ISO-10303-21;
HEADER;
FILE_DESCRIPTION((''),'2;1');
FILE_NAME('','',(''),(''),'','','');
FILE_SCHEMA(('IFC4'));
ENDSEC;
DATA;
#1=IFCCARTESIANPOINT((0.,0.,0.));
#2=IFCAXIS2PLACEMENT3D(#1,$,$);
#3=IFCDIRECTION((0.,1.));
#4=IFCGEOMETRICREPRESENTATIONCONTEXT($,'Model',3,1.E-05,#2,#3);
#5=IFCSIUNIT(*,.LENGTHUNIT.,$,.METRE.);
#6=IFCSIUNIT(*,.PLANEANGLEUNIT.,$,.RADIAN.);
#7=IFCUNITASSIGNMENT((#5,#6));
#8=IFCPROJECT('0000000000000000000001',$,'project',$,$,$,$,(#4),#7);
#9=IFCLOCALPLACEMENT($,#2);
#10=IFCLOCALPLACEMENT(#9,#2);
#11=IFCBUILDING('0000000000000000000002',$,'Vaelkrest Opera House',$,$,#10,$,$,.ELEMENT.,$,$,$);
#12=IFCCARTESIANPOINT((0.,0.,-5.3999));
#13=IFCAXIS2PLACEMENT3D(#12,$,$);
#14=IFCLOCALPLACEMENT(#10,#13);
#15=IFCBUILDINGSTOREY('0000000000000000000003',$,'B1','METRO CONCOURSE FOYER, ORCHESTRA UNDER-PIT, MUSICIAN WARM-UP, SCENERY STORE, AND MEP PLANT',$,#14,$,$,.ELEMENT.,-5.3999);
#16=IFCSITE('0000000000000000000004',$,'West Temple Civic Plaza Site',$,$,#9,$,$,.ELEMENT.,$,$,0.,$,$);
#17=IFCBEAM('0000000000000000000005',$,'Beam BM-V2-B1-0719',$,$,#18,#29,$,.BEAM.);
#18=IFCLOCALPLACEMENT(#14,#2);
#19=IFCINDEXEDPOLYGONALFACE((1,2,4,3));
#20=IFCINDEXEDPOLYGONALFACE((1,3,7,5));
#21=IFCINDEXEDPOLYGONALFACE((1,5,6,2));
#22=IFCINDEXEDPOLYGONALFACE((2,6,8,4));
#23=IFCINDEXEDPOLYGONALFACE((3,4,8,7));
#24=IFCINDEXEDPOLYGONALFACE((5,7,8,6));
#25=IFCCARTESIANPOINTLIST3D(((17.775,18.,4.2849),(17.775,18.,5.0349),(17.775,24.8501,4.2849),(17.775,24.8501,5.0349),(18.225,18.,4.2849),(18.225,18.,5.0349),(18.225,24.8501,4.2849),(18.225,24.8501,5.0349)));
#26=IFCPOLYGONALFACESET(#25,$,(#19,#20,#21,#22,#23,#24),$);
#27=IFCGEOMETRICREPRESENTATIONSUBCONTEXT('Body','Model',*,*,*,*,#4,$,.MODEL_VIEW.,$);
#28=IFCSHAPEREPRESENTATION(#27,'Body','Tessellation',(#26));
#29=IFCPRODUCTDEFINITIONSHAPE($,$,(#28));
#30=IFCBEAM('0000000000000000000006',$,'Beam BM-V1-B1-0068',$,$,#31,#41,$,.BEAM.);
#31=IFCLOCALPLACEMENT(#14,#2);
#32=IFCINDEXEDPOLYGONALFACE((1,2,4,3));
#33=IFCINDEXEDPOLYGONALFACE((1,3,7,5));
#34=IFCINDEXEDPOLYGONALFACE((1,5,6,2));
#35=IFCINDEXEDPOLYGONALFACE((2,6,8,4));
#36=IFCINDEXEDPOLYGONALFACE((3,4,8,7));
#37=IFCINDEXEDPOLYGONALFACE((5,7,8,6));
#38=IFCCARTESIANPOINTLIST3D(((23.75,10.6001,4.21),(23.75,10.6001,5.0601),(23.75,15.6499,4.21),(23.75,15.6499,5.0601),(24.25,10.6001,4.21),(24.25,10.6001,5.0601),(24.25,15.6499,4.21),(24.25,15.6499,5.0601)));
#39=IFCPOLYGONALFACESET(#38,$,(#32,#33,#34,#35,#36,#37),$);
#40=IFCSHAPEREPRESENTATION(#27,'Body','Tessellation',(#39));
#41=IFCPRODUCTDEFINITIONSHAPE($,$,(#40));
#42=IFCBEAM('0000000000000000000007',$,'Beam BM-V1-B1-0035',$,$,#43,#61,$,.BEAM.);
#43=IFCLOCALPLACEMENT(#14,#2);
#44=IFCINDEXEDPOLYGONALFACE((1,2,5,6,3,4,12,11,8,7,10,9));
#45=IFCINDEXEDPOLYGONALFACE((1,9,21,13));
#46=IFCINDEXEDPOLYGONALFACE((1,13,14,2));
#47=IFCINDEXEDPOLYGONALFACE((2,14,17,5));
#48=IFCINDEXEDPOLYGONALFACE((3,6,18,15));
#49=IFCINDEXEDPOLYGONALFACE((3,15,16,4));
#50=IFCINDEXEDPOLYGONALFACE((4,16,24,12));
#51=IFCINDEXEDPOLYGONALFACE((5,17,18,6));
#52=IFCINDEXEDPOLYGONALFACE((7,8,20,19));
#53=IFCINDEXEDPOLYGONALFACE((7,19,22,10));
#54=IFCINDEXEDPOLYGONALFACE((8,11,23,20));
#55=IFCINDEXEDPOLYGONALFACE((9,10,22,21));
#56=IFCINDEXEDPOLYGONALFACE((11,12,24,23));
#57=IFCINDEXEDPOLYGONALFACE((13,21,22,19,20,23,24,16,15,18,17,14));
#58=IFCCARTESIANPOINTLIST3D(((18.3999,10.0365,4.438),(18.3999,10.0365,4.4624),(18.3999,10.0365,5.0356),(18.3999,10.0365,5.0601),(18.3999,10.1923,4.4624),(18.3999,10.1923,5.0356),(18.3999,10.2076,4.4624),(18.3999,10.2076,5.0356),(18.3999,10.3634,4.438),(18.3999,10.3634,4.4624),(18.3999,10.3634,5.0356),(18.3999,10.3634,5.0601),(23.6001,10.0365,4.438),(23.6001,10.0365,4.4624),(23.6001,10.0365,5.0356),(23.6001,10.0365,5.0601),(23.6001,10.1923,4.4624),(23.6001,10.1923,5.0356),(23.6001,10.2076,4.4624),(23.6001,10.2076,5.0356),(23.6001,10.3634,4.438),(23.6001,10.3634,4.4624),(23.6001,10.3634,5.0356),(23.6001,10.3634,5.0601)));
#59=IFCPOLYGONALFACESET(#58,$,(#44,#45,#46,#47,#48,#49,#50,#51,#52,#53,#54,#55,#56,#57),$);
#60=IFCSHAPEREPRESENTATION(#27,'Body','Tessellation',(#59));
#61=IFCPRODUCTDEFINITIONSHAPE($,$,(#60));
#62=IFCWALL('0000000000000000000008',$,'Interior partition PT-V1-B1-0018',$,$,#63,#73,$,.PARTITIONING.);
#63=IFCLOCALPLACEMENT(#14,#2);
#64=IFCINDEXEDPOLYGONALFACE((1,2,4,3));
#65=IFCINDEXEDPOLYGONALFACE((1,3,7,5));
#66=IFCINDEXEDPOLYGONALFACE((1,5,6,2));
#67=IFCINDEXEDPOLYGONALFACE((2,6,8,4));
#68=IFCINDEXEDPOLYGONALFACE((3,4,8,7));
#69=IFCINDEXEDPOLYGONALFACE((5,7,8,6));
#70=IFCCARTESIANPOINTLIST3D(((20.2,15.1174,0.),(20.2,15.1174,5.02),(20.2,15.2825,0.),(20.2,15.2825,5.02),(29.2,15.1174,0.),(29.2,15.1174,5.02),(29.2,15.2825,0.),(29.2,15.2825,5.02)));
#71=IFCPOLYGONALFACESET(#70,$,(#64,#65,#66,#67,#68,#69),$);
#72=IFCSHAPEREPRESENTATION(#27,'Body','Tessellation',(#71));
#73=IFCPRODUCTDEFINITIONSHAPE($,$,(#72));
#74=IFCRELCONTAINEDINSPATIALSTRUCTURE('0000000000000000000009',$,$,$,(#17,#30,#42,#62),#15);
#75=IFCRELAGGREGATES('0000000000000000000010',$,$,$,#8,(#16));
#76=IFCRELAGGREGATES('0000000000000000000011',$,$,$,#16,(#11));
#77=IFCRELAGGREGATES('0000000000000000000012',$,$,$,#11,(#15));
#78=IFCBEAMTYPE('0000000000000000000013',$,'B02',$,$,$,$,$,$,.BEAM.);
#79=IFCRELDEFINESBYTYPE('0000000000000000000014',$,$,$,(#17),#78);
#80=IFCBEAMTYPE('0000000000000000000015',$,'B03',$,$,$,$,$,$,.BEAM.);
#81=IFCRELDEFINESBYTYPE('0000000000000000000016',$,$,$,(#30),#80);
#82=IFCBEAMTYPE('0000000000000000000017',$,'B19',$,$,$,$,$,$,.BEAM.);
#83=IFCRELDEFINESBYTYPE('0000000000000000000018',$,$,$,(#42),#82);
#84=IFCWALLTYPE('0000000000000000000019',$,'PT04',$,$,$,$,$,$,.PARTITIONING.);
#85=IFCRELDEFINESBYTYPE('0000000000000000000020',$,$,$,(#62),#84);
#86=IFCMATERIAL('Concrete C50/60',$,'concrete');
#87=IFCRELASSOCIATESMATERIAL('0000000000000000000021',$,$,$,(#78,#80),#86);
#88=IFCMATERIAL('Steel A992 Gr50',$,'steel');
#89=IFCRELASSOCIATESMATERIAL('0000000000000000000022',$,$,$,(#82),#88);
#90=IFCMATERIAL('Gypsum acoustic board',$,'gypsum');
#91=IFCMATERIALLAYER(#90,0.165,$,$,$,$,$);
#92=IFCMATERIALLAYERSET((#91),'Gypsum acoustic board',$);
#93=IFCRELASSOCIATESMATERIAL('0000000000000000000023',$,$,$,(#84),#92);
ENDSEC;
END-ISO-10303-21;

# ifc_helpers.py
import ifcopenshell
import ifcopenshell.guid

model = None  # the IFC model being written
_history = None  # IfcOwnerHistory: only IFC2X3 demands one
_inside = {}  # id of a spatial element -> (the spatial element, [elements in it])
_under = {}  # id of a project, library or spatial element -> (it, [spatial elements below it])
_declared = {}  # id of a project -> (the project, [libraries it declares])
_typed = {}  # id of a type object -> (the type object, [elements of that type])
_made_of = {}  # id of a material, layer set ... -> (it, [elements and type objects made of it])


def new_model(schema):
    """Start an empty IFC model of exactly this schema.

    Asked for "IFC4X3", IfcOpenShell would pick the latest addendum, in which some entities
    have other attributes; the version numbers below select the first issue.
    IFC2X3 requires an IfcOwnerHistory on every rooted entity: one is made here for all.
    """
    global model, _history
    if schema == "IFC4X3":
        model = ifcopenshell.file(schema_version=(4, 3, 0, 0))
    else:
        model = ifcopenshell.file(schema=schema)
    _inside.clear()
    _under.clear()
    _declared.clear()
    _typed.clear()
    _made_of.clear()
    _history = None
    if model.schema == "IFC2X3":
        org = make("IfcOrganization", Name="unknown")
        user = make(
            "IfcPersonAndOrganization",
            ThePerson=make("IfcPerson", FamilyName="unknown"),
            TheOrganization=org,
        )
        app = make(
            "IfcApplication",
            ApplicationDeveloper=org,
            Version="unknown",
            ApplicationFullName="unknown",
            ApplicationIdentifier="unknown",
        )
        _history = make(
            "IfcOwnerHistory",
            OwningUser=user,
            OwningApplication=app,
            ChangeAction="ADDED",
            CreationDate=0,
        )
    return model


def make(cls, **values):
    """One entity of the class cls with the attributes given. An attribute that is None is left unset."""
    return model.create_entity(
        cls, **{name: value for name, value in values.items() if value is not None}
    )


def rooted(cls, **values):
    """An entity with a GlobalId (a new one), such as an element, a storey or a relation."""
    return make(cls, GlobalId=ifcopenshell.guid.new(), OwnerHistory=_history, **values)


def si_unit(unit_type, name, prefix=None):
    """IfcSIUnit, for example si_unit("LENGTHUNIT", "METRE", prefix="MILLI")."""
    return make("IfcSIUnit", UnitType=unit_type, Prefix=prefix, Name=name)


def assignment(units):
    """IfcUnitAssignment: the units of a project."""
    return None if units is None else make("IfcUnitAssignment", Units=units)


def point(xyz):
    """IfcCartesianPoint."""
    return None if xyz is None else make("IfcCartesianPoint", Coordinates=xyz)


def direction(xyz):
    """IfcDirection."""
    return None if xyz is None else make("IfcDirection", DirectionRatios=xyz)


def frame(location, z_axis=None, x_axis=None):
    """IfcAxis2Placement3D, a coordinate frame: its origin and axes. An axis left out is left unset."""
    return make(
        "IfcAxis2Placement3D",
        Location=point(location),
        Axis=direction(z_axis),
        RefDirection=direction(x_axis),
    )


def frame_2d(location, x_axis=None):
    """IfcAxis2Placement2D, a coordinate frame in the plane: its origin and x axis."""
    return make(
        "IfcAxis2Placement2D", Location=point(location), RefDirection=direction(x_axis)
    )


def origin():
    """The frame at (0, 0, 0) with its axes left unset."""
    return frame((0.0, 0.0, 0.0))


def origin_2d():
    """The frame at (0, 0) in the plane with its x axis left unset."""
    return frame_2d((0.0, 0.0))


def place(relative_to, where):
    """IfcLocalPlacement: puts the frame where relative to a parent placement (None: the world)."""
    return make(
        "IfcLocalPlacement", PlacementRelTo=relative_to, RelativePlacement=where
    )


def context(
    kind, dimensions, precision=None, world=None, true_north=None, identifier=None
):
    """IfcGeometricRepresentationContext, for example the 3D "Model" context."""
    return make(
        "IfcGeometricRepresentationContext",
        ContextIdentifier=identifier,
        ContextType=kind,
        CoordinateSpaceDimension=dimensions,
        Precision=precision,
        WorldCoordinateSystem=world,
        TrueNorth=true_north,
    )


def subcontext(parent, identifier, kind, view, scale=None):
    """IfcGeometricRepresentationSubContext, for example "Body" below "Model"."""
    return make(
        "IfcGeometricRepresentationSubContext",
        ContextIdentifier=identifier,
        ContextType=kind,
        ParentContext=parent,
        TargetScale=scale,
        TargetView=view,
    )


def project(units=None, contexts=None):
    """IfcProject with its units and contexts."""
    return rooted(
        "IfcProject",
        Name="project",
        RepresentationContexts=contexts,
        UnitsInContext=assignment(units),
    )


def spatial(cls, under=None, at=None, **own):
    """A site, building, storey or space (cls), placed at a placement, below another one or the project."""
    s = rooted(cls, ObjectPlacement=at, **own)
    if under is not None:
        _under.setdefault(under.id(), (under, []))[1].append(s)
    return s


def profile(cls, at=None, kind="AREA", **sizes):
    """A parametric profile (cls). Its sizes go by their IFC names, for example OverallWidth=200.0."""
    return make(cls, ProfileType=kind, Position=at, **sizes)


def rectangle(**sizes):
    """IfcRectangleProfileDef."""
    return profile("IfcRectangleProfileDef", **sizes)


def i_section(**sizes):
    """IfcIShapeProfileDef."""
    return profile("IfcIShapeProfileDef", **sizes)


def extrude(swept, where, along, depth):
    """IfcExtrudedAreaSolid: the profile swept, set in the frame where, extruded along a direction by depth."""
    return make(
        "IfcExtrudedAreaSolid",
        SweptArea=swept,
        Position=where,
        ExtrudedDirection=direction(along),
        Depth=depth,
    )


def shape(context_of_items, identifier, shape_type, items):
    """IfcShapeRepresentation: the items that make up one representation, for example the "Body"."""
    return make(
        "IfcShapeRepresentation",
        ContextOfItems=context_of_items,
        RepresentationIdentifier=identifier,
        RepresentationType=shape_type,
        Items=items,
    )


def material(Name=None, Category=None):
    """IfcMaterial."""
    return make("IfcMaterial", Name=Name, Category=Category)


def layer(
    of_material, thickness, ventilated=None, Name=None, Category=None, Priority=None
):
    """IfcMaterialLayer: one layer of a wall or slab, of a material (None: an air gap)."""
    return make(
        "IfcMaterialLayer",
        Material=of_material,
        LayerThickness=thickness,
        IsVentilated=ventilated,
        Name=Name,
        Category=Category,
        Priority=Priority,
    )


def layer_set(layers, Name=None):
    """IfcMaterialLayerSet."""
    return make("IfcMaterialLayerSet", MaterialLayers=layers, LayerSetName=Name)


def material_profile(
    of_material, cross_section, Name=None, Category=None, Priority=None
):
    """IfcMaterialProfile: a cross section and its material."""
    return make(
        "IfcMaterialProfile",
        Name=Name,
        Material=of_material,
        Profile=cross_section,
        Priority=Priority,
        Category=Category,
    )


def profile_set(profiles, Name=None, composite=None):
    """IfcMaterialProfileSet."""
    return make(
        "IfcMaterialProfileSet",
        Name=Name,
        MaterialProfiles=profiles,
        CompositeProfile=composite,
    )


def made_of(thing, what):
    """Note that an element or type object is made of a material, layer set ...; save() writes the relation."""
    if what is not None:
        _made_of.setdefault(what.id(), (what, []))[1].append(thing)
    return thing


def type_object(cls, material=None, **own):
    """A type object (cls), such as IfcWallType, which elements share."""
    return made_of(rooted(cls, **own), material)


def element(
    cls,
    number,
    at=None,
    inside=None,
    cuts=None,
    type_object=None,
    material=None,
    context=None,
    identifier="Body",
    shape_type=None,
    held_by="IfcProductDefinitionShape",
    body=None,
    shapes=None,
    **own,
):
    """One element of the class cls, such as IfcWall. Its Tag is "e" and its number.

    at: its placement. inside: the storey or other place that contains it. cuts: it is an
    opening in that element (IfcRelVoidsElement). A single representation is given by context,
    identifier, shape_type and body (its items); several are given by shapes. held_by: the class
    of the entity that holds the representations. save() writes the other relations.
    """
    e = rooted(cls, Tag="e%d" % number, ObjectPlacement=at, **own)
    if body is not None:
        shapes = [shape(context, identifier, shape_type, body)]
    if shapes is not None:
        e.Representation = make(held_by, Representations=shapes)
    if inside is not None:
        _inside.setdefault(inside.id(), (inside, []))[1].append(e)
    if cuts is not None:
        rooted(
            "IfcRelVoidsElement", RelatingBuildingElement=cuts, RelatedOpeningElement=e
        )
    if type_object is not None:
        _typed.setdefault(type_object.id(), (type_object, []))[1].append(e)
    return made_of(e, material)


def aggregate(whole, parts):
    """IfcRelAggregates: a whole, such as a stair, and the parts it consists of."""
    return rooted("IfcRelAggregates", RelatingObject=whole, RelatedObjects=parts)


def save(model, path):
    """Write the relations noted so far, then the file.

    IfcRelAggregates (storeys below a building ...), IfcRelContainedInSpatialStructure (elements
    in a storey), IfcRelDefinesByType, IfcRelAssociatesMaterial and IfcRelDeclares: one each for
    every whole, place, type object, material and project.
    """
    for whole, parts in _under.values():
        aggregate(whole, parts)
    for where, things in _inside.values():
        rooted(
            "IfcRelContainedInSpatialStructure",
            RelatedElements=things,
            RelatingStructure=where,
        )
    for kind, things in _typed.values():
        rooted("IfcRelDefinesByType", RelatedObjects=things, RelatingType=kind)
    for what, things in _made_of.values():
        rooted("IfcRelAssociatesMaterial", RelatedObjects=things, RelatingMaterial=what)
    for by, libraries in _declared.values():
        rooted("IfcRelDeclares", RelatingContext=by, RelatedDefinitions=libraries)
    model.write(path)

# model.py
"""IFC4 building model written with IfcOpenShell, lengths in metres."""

from ifc_helpers import new_model, si_unit, direction, frame, frame_2d, origin, origin_2d, place, context, subcontext, project, spatial, rectangle, i_section, extrude, material, layer, layer_set, material_profile, profile_set, type_object, element, save


model = new_model("IFC4")

# Units and contexts
model_context = context("Model", 3, precision=1e-05, world=origin(), true_north=direction((0.0, 1.0)))
body_context = subcontext(model_context, "Body", "Model", "MODEL_VIEW")
ifc_project = project(units=[si_unit("LENGTHUNIT", "METRE"), si_unit("PLANEANGLEUNIT", "RADIAN")], contexts=[model_context])

# Site, building, storey
site_placement = place(None, origin())
site = spatial("IfcSite", under=ifc_project, at=site_placement, Name="West Temple Civic Plaza Site", CompositionType="ELEMENT", RefElevation=0.0)
building_placement = place(site_placement, origin())
building = spatial("IfcBuilding", under=site, at=building_placement, Name="Vaelkrest Opera House", CompositionType="ELEMENT")
storey_placement = place(building_placement, frame((0.0, 0.0, -5.3999)))
storey = spatial("IfcBuildingStorey", under=building, at=storey_placement, Name="B1", Description="METRO CONCOURSE FOYER, ORCHESTRA UNDER-PIT, MUSICIAN WARM-UP, SCENERY STORE, AND MEP PLANT", CompositionType="ELEMENT", Elevation=-5.3999)

# Shared definitions
ifc_material_1 = material(Name="Concrete C50/60", Category="concrete")

# Beams
ifc_material_profile_1 = material_profile(ifc_material_1, rectangle(XDim=0.45, YDim=0.75, at=origin_2d()), Name="RCB450X750")
ifc_profile_set_1 = profile_set([ifc_material_profile_1], Name="Concrete C50/60")
beam_type_1 = type_object("IfcBeamType", Name="B02", PredefinedType="BEAM", material=ifc_profile_set_1)
beam_1_placement = place(storey_placement, frame((18.0, 18.0, 4.6599), z_axis=(0.0, 1.0, 0.0), x_axis=(-1.0, 0.0, 0.0)))
element("IfcBeam", 1, at=beam_1_placement, inside=storey, type_object=beam_type_1, Name="Beam BM-V2-B1-0719", PredefinedType="BEAM", context=body_context, shape_type="SweptSolid", body=[
    extrude(rectangle(XDim=0.45, YDim=0.75, at=origin_2d()), origin(), (0.0, 0.0, 1.0), 6.8501),
])
ifc_material_profile_2 = material_profile(ifc_material_1, rectangle(XDim=0.5, YDim=0.8501, at=origin_2d()), Name="RCB500X850")
ifc_profile_set_2 = profile_set([ifc_material_profile_2], Name="Concrete C50/60")
beam_type_2 = type_object("IfcBeamType", Name="B03", PredefinedType="BEAM", material=ifc_profile_set_2)
beam_2_placement = place(storey_placement, frame((24.0, 10.6001, 4.635), z_axis=(0.0, 1.0, 0.0), x_axis=(-1.0, 0.0, 0.0)))
element("IfcBeam", 2, at=beam_2_placement, inside=storey, type_object=beam_type_2, Name="Beam BM-V1-B1-0068", PredefinedType="BEAM", context=body_context, shape_type="SweptSolid", body=[
    extrude(rectangle(XDim=0.5, YDim=0.8501, at=origin_2d()), origin(), (0.0, 0.0, 1.0), 5.0498),
])
ifc_material_2 = material(Name="Steel A992 Gr50", Category="steel")
ifc_material_profile_3 = material_profile(ifc_material_2, i_section(OverallWidth=0.3269, OverallDepth=0.6221, WebThickness=0.0154, FlangeThickness=0.0244, at=origin_2d()), Name="W24X131")
ifc_profile_set_3 = profile_set([ifc_material_profile_3], Name="Steel A992 Gr50")
beam_type_3 = type_object("IfcBeamType", Name="B19", PredefinedType="BEAM", material=ifc_profile_set_3)
beam_3_placement = place(storey_placement, frame((18.3999, 10.2, 4.749), z_axis=(1.0, 0.0, 0.0), x_axis=(0.0, 1.0, 0.0)))
element("IfcBeam", 3, at=beam_3_placement, inside=storey, type_object=beam_type_3, Name="Beam BM-V1-B1-0035", PredefinedType="BEAM", context=body_context, shape_type="SweptSolid", body=[
    extrude(i_section(OverallWidth=0.3269, OverallDepth=0.6221, WebThickness=0.0154, FlangeThickness=0.0244, at=origin_2d()), origin(), (0.0, 0.0, 1.0), 5.2002),
])

# Wall
ifc_material_3 = material(Name="Gypsum acoustic board", Category="gypsum")
ifc_layer = layer(ifc_material_3, 0.165)
ifc_layer_set = layer_set([ifc_layer], Name="Gypsum acoustic board")
wall_type = type_object("IfcWallType", Name="PT04", PredefinedType="PARTITIONING", material=ifc_layer_set)
wall_placement = place(storey_placement, frame((20.2, 15.2, 0.0), z_axis=(0.0, 0.0, 1.0), x_axis=(1.0, 0.0, 0.0)))
element("IfcWall", 4, at=wall_placement, inside=storey, type_object=wall_type, Name="Interior partition PT-V1-B1-0018", PredefinedType="PARTITIONING", context=body_context, shape_type="SweptSolid", body=[
    extrude(rectangle(XDim=9.0, YDim=0.165, at=frame_2d((4.5, 0.0))), origin(), (0.0, 0.0, 1.0), 5.02),
])

save(model, "model.ifc")
